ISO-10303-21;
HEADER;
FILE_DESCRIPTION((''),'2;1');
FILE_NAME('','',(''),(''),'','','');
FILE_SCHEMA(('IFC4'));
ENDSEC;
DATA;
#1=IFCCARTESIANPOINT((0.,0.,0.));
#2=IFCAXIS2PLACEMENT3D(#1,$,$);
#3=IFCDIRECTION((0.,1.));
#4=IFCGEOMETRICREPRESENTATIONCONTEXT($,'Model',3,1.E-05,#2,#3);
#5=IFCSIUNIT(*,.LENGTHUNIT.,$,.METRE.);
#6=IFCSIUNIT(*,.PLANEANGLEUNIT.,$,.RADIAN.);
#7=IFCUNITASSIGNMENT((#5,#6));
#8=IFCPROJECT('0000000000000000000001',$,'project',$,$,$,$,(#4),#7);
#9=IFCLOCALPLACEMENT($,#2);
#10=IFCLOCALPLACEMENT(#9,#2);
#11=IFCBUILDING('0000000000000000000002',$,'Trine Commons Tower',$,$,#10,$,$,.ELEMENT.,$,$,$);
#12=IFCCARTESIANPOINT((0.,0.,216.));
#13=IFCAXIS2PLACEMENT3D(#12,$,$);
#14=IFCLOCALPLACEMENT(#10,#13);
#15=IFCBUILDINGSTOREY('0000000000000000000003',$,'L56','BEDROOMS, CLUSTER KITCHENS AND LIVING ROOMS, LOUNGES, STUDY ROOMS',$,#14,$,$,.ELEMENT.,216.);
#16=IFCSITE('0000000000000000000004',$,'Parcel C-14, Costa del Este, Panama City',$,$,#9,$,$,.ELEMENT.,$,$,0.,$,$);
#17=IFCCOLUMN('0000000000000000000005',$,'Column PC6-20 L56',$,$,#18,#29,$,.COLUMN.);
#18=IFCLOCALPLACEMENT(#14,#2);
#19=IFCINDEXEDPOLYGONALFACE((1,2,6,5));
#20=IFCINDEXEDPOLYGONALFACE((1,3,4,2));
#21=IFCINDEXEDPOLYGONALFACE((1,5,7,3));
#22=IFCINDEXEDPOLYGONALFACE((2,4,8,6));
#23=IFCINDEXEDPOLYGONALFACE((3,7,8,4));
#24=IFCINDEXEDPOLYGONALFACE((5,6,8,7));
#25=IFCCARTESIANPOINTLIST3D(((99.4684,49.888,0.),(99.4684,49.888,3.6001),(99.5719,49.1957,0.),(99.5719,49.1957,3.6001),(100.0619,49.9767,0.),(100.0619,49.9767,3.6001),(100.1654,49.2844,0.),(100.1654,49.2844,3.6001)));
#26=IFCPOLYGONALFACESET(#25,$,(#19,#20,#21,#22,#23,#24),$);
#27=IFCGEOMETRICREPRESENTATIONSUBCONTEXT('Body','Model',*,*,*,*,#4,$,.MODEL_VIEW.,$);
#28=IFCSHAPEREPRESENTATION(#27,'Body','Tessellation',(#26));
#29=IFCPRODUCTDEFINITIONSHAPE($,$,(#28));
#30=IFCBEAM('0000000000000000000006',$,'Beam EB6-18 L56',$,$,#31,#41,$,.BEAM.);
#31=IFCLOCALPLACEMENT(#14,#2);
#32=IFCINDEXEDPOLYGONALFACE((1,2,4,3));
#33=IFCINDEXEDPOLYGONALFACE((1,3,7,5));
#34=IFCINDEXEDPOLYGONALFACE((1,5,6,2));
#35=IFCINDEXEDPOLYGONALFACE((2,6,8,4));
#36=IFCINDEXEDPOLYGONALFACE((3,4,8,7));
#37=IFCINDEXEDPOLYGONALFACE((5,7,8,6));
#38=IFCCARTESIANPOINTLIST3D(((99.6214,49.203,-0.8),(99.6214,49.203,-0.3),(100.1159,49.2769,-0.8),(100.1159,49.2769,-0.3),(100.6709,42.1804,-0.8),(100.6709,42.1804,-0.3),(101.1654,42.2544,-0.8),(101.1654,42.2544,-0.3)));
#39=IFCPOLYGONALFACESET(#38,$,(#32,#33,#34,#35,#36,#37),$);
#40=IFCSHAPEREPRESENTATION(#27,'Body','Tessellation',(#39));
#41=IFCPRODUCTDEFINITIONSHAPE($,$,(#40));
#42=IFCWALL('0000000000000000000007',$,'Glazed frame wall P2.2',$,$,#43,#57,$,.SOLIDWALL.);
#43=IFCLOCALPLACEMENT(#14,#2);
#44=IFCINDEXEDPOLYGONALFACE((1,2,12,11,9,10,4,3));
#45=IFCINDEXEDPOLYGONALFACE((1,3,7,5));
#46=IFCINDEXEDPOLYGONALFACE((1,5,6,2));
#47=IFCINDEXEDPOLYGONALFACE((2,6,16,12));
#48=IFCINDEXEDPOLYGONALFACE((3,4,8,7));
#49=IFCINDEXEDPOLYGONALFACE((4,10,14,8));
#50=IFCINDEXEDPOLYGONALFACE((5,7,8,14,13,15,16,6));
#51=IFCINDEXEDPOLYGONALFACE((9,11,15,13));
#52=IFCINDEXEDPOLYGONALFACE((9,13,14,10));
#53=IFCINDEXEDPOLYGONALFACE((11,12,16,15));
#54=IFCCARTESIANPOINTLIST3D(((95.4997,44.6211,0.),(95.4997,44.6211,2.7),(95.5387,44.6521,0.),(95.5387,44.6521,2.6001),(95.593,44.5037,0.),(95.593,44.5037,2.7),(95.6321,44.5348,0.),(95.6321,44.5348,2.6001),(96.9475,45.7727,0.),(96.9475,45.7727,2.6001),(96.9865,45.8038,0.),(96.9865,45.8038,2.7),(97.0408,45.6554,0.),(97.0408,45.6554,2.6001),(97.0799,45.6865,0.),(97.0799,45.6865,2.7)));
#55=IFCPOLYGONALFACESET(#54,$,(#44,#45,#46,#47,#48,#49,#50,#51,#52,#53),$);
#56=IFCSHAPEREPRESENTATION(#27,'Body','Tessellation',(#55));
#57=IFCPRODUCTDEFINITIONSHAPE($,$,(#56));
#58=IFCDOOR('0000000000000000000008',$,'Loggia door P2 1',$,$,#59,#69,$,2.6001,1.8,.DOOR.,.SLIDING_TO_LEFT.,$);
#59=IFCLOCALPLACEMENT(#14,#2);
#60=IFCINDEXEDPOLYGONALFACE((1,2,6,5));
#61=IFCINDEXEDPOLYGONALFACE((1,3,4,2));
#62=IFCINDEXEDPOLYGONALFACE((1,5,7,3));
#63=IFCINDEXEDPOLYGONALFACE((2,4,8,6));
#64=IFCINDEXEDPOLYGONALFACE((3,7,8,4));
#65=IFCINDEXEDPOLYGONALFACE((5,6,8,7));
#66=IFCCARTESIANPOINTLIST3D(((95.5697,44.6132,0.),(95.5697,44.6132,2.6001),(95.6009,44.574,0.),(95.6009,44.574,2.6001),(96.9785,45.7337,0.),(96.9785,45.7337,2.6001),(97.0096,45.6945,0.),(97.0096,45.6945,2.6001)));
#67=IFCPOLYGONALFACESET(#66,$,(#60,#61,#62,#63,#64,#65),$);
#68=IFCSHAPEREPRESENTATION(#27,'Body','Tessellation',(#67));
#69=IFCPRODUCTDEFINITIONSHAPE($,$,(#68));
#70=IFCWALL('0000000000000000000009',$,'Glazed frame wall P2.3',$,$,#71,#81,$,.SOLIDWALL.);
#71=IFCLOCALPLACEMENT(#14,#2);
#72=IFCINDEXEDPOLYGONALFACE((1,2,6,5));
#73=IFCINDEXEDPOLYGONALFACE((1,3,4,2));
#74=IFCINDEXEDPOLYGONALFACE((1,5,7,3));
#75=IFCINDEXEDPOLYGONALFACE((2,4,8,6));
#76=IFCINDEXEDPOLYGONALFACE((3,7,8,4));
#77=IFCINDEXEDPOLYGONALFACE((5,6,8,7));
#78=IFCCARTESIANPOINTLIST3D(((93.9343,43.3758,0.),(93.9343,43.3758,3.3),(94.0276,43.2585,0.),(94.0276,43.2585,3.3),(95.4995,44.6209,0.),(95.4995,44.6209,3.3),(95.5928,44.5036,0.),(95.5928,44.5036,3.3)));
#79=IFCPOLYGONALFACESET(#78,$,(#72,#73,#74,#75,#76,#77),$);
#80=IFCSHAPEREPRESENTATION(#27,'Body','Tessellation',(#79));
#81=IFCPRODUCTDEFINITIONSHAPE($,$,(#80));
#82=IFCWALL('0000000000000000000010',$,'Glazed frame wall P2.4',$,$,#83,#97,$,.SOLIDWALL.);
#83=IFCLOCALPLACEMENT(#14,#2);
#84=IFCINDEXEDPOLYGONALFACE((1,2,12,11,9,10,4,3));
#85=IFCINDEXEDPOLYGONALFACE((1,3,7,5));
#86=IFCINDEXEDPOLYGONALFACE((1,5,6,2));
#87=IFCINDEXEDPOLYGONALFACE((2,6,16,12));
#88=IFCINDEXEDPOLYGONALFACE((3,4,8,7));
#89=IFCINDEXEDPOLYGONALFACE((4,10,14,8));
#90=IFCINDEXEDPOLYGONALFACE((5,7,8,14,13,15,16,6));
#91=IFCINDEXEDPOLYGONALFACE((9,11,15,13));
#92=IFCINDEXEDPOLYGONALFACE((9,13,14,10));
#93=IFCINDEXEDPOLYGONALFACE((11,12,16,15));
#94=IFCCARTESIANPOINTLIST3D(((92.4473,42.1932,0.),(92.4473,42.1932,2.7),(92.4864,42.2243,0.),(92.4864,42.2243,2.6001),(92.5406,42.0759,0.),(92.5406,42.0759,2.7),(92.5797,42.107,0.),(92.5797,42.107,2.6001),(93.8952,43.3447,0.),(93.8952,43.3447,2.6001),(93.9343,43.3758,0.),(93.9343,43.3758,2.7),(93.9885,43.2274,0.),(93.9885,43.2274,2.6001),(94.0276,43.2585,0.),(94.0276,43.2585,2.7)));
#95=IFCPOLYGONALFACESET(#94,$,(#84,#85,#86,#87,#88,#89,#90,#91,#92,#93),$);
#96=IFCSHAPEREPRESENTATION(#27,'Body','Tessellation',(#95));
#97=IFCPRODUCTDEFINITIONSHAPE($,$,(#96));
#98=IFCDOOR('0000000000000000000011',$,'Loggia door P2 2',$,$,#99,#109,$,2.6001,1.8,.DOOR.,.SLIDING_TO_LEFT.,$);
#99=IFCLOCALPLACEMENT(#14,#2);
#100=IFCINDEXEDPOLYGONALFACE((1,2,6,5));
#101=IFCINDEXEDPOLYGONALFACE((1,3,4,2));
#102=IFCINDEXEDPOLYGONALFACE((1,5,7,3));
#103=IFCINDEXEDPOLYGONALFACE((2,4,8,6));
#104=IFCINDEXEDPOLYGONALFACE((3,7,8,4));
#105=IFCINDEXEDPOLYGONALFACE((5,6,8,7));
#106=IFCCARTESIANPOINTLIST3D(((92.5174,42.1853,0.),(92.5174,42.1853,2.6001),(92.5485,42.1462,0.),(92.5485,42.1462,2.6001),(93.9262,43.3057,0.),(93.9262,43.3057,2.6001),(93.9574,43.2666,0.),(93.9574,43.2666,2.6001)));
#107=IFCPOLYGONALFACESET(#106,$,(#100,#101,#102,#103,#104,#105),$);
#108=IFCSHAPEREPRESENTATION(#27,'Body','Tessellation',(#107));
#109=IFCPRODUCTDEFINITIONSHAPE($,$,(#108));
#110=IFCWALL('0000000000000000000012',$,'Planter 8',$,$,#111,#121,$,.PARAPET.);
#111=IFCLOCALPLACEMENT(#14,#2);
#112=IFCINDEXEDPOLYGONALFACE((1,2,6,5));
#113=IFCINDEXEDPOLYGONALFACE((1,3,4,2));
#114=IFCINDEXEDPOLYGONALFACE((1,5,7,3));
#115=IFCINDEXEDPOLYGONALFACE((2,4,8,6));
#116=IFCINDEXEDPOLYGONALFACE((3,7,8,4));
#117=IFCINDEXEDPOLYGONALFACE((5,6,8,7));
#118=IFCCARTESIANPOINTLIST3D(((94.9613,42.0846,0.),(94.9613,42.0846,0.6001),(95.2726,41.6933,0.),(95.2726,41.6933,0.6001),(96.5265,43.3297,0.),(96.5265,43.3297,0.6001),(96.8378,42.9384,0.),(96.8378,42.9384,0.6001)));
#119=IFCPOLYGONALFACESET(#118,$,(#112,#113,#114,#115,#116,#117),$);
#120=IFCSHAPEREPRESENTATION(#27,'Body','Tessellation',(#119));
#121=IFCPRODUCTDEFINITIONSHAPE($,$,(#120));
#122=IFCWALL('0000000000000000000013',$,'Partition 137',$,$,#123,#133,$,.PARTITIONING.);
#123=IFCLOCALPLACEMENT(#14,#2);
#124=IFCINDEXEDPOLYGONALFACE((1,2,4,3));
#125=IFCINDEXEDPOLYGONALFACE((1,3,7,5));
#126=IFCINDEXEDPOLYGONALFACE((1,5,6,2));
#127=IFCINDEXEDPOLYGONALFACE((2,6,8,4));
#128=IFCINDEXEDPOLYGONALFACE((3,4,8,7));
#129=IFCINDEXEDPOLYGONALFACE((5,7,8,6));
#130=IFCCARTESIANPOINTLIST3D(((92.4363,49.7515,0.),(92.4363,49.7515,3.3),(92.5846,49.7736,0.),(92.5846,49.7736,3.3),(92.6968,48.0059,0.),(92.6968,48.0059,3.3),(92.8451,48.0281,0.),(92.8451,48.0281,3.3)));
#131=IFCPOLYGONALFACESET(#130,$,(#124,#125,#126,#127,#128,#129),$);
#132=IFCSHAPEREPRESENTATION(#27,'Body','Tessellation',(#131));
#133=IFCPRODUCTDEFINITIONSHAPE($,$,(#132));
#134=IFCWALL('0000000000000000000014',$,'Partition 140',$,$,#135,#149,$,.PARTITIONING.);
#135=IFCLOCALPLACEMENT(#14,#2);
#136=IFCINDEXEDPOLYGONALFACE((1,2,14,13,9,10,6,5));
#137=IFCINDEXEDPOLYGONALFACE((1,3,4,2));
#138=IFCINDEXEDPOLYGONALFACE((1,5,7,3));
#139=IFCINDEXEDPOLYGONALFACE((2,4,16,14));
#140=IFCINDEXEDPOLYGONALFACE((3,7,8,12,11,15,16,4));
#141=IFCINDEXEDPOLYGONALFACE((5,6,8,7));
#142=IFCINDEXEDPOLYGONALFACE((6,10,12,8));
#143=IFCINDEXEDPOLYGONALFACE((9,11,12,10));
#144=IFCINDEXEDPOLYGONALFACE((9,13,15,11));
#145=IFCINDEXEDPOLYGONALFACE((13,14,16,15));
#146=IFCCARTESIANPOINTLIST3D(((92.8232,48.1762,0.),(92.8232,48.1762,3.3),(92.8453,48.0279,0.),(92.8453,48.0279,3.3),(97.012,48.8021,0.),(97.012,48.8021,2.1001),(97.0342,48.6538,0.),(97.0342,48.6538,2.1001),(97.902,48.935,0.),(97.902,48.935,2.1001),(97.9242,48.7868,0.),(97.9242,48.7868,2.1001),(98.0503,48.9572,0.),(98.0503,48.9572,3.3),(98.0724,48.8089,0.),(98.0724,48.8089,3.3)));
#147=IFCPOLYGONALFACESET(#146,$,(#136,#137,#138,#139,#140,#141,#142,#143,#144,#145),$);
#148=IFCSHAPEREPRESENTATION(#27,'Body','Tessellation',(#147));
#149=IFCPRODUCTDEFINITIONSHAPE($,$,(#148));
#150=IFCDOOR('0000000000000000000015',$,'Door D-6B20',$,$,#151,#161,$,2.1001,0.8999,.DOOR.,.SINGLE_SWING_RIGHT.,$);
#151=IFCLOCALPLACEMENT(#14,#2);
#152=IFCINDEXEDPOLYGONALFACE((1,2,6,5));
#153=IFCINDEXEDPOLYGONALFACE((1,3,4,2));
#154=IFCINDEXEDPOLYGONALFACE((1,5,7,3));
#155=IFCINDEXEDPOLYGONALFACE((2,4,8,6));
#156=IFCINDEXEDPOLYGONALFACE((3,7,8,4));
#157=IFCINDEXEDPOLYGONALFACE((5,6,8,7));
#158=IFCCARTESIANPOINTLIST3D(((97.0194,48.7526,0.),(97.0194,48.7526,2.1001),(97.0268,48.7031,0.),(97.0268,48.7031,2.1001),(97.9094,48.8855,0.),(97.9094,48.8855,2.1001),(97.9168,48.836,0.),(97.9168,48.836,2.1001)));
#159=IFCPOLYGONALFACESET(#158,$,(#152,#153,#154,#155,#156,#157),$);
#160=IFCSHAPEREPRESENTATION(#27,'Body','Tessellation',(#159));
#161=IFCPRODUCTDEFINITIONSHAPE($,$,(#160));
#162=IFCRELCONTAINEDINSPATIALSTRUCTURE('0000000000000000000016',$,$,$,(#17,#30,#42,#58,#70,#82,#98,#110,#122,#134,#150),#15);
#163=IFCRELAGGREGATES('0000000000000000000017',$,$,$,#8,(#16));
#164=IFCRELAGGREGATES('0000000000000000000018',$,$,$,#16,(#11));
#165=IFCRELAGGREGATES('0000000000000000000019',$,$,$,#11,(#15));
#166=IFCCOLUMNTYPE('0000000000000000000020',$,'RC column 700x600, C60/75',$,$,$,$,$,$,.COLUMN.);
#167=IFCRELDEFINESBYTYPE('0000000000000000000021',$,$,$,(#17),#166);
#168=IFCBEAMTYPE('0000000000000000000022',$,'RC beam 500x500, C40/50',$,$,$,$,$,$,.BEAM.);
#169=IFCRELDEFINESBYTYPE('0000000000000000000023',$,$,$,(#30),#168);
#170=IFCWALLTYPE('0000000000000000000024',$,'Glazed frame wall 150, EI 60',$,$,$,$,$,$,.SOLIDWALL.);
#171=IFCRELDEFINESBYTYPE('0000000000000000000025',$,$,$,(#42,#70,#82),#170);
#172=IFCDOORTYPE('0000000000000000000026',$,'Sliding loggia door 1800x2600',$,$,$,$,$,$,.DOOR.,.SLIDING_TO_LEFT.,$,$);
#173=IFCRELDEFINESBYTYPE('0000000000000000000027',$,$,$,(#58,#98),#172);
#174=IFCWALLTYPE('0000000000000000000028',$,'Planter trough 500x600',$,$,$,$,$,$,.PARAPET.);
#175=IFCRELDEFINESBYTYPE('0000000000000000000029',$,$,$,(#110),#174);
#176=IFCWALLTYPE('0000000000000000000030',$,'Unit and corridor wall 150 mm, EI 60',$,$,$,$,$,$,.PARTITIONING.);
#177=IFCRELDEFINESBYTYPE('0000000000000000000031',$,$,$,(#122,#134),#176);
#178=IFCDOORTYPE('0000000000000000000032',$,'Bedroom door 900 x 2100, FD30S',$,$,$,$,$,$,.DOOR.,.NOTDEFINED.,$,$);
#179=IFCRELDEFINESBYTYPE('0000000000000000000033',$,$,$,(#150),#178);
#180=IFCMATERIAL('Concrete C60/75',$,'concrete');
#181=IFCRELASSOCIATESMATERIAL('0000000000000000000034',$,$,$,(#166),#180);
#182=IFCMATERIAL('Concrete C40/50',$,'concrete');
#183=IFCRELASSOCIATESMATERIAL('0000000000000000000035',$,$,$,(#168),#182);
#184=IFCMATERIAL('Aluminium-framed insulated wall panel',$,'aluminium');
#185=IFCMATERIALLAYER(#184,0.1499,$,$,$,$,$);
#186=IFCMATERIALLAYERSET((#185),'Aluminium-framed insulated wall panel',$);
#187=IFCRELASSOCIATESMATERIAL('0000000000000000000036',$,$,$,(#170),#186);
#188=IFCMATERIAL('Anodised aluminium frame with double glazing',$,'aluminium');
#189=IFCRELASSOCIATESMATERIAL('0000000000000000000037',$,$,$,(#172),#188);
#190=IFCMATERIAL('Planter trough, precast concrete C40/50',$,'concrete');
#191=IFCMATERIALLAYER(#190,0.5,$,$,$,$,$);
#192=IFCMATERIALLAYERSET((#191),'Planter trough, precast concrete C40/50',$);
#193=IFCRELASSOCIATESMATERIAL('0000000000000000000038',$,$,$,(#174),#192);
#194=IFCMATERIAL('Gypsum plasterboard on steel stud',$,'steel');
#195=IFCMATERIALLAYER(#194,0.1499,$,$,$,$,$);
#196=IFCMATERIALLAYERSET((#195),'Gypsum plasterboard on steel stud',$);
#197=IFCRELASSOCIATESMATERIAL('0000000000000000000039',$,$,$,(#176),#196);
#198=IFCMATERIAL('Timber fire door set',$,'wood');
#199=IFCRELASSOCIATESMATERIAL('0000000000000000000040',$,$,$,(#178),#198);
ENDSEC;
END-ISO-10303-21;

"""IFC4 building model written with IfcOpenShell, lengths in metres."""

from ifc_helpers import new_model, si_unit, direction, frame, frame_2d, origin, origin_2d, place, context, subcontext, project, spatial, polyline, rectangle, outline, extrude, material, layer, layer_set, material_profile, profile_set, type_object, element, fill, save


model = new_model("IFC4")

# Units and contexts
model_context = context("Model", 3, precision=1e-05, world=origin(), true_north=direction((0.0, 1.0)))
body_context = subcontext(model_context, "Body", "Model", "MODEL_VIEW")
ifc_project = project(units=[si_unit("LENGTHUNIT", "METRE"), si_unit("PLANEANGLEUNIT", "RADIAN")], contexts=[model_context])

# Site, building, storey
site_placement = place(None, origin())
site = spatial("IfcSite", under=ifc_project, at=site_placement, Name="Parcel C-14, Costa del Este, Panama City", CompositionType="ELEMENT", RefElevation=0.0)
building_placement = place(site_placement, origin())
building = spatial("IfcBuilding", under=site, at=building_placement, Name="Trine Commons Tower", CompositionType="ELEMENT")
storey_placement = place(building_placement, frame((0.0, 0.0, 216.0)))
storey = spatial("IfcBuildingStorey", under=building, at=storey_placement, Name="L56", Description="BEDROOMS, CLUSTER KITCHENS AND LIVING ROOMS, LOUNGES, STUDY ROOMS", CompositionType="ELEMENT", Elevation=216.0)

# Column
ifc_material_1 = material(Name="Concrete C60/75", Category="concrete")
ifc_material_profile_1 = material_profile(ifc_material_1, rectangle(XDim=0.7, YDim=0.6001, at=origin_2d()), Name="RC 700x600")
ifc_profile_set_1 = profile_set([ifc_material_profile_1], Name="Concrete C60/75")
column_type = type_object("IfcColumnType", Name="RC column 700x600, C60/75", PredefinedType="COLUMN", material=ifc_profile_set_1)
column_placement = place(storey_placement, frame((99.8169, 49.5862, 0.0), z_axis=(0.0, 0.0, 1.0), x_axis=(-0.147809, 0.989016, 0.0)))
element("IfcColumn", 1, at=column_placement, inside=storey, type_object=column_type, Name="Column PC6-20 L56", PredefinedType="COLUMN", context=body_context, shape_type="SweptSolid", body=[
    extrude(rectangle(XDim=0.7, YDim=0.6001, at=origin_2d()), origin(), (0.0, 0.0, 1.0), 3.6001),
])

# Beam
ifc_material_2 = material(Name="Concrete C40/50", Category="concrete")
ifc_material_profile_2 = material_profile(ifc_material_2, rectangle(XDim=0.5, YDim=0.5, at=origin_2d()), Name="RC 500x500")
ifc_profile_set_2 = profile_set([ifc_material_profile_2], Name="Concrete C40/50")
beam_type = type_object("IfcBeamType", Name="RC beam 500x500, C40/50", PredefinedType="BEAM", material=ifc_profile_set_2)
beam_placement = place(storey_placement, frame((99.8687, 49.24, -0.55), z_axis=(0.147811, -0.989016, 0.0), x_axis=(0.989016, 0.147811, 0.0)))
element("IfcBeam", 2, at=beam_placement, inside=storey, type_object=beam_type, Name="Beam EB6-18 L56", PredefinedType="BEAM", context=body_context, shape_type="SweptSolid", body=[
    extrude(rectangle(XDim=0.5, YDim=0.5, at=origin_2d()), origin(), (0.0, 0.0, 1.0), 7.1006),
])

# Shared definitions
ifc_material_3 = material(Name="Aluminium-framed insulated wall panel", Category="aluminium")
ifc_layer_1 = layer(ifc_material_3, 0.1499)
ifc_layer_set_1 = layer_set([ifc_layer_1], Name="Aluminium-framed insulated wall panel")
wall_type_1 = type_object("IfcWallType", Name="Glazed frame wall 150, EI 60", PredefinedType="SOLIDWALL", material=ifc_layer_set_1)

# Wall, opening, door
wall_1_placement = place(storey_placement, frame((97.0332, 45.7451, 0.0), z_axis=(0.0, 0.0, 1.0), x_axis=(-0.782608, -0.622515, 0.0)))
wall_1 = element("IfcWall", 3, at=wall_1_placement, inside=storey, type_object=wall_type_1, Name="Glazed frame wall P2.2", PredefinedType="SOLIDWALL", context=body_context, shape_type="SweptSolid", body=[
    extrude(outline(polyline([(0.0, -0.075), (1.8999, -0.075), (1.8999, 0.075), (0.0, 0.075), (0.0, -0.075)])), origin(), (0.0, 0.0, 1.0), 2.7),
])
opening_1_placement = place(wall_1_placement, frame((0.05, 0.0, 0.0)))
opening_1 = element("IfcOpeningElement", 4, at=opening_1_placement, cuts=wall_1, PredefinedType="OPENING", context=body_context, shape_type="SweptSolid", body=[
    extrude(rectangle(XDim=1.8, YDim=2.6001, at=frame_2d((0.8999, 1.3))), frame((0.0, 0.085, 0.0), z_axis=(0.0, -1.0, 0.0), x_axis=(1.0, 0.0, 0.0)), (0.0, 0.0, 1.0), 0.1699),
])
ifc_material_4 = material(Name="Anodised aluminium frame with double glazing", Category="aluminium")
door_type_1 = type_object("IfcDoorType", Name="Sliding loggia door 1800x2600", OperationType="SLIDING_TO_LEFT", PredefinedType="DOOR", material=ifc_material_4)
door_1_placement = place(opening_1_placement, origin())
door_1 = element("IfcDoor", 5, at=door_1_placement, inside=storey, type_object=door_type_1, Name="Loggia door P2 1", OperationType="SLIDING_TO_LEFT", OverallHeight=2.6001, OverallWidth=1.8, PredefinedType="DOOR", context=body_context, shape_type="SweptSolid", body=[
    extrude(rectangle(XDim=1.8, YDim=2.6001, at=frame_2d((0.8999, 1.3))), frame((0.0, 0.0249, 0.0), z_axis=(0.0, -1.0, 0.0), x_axis=(1.0, 0.0, 0.0)), (0.0, 0.0, 1.0), 0.05),
])
fill(opening_1, door_1)

# Wall
wall_2_placement = place(storey_placement, frame((95.5461, 44.5623, 0.0), z_axis=(0.0, 0.0, 1.0), x_axis=(-0.782581, -0.622549, 0.0)))
element("IfcWall", 6, at=wall_2_placement, inside=storey, type_object=wall_type_1, Name="Glazed frame wall P2.3", PredefinedType="SOLIDWALL", context=body_context, shape_type="SweptSolid", body=[
    extrude(outline(polyline([(0.0, -0.075), (2.0, -0.075), (2.0, 0.075), (0.0, 0.075), (0.0, -0.075)])), origin(), (0.0, 0.0, 1.0), 3.3),
])

# Wall, opening, door
wall_3_placement = place(storey_placement, frame((93.981, 43.3171, 0.0), z_axis=(0.0, 0.0, 1.0), x_axis=(-0.782671, -0.622436, 0.0)))
wall_3 = element("IfcWall", 7, at=wall_3_placement, inside=storey, type_object=wall_type_1, Name="Glazed frame wall P2.4", PredefinedType="SOLIDWALL", context=body_context, shape_type="SweptSolid", body=[
    extrude(outline(polyline([(0.0, -0.075), (1.8999, -0.075), (1.8999, 0.075), (0.0, 0.075), (0.0, -0.075)])), origin(), (0.0, 0.0, 1.0), 2.7),
])
opening_2_placement = place(wall_3_placement, frame((0.05, 0.0, 0.0)))
opening_2 = element("IfcOpeningElement", 8, at=opening_2_placement, cuts=wall_3, PredefinedType="OPENING", context=body_context, shape_type="SweptSolid", body=[
    extrude(rectangle(XDim=1.8, YDim=2.6001, at=frame_2d((0.8999, 1.3))), frame((0.0, 0.085, 0.0), z_axis=(0.0, -1.0, 0.0), x_axis=(1.0, 0.0, 0.0)), (0.0, 0.0, 1.0), 0.1699),
])
door_2_placement = place(opening_2_placement, origin())
door_2 = element("IfcDoor", 9, at=door_2_placement, inside=storey, type_object=door_type_1, Name="Loggia door P2 2", OperationType="SLIDING_TO_LEFT", OverallHeight=2.6001, OverallWidth=1.8, PredefinedType="DOOR", context=body_context, shape_type="SweptSolid", body=[
    extrude(rectangle(XDim=1.8, YDim=2.6001, at=frame_2d((0.8999, 1.3))), frame((0.0, 0.0249, 0.0), z_axis=(0.0, -1.0, 0.0), x_axis=(1.0, 0.0, 0.0)), (0.0, 0.0, 1.0), 0.05),
])
fill(opening_2, door_2)

# Walls
ifc_material_5 = material(Name="Planter trough, precast concrete C40/50", Category="concrete")
ifc_layer_2 = layer(ifc_material_5, 0.5)
ifc_layer_set_2 = layer_set([ifc_layer_2], Name="Planter trough, precast concrete C40/50")
wall_type_2 = type_object("IfcWallType", Name="Planter trough 500x600", PredefinedType="PARAPET", material=ifc_layer_set_2)
wall_4_placement = place(storey_placement, frame((96.6821, 43.134, 0.0), z_axis=(0.0, 0.0, 1.0), x_axis=(-0.782581, -0.622549, 0.0)))
element("IfcWall", 10, at=wall_4_placement, inside=storey, type_object=wall_type_2, Name="Planter 8", PredefinedType="PARAPET", context=body_context, shape_type="SweptSolid", body=[
    extrude(rectangle(XDim=2.0, YDim=0.5, at=frame_2d((1.0, 0.0))), origin(), (0.0, 0.0, 1.0), 0.6001),
])
ifc_material_6 = material(Name="Gypsum plasterboard on steel stud", Category="steel")
ifc_layer_3 = layer(ifc_material_6, 0.1499)
ifc_layer_set_3 = layer_set([ifc_layer_3], Name="Gypsum plasterboard on steel stud")
wall_type_3 = type_object("IfcWallType", Name="Unit and corridor wall 150 mm, EI 60", PredefinedType="PARTITIONING", material=ifc_layer_set_3)
wall_5_placement = place(storey_placement, frame((92.5105, 49.7625, 0.0), z_axis=(0.0, 0.0, 1.0), x_axis=(0.147596, -0.989048, 0.0)))
element("IfcWall", 11, at=wall_5_placement, inside=storey, type_object=wall_type_3, Name="Partition 137", PredefinedType="PARTITIONING", context=body_context, shape_type="SweptSolid", body=[
    extrude(rectangle(XDim=1.7649, YDim=0.1499, at=frame_2d((0.8823, 0.0))), origin(), (0.0, 0.0, 1.0), 3.3),
])

# Wall, opening, door
wall_6_placement = place(storey_placement, frame((92.8342, 48.1021, 0.0), z_axis=(0.0, 0.0, 1.0), x_axis=(0.989021, 0.147776, 0.0)))
wall_6 = element("IfcWall", 12, at=wall_6_placement, inside=storey, type_object=wall_type_3, Name="Partition 140", PredefinedType="PARTITIONING", context=body_context, shape_type="SweptSolid", body=[
    extrude(rectangle(XDim=5.2852, YDim=0.1499, at=frame_2d((2.6426, 0.0))), origin(), (0.0, 0.0, 1.0), 3.3),
])
opening_3_placement = place(wall_6_placement, frame((4.2354, 0.0, 0.0)))
opening_3 = element("IfcOpeningElement", 13, at=opening_3_placement, cuts=wall_6, PredefinedType="OPENING", context=body_context, shape_type="SweptSolid", body=[
    extrude(rectangle(XDim=0.8999, YDim=2.1001, at=frame_2d((0.45, 1.05))), frame((0.0, 0.085, 0.0), z_axis=(0.0, -1.0, 0.0), x_axis=(1.0, 0.0, 0.0)), (0.0, 0.0, 1.0), 0.1699),
])
ifc_material_7 = material(Name="Timber fire door set", Category="wood")
door_type_2 = type_object("IfcDoorType", Name="Bedroom door 900 x 2100, FD30S", OperationType="NOTDEFINED", PredefinedType="DOOR", material=ifc_material_7)
door_3_placement = place(opening_3_placement, origin())
door_3 = element("IfcDoor", 14, at=door_3_placement, inside=storey, type_object=door_type_2, Name="Door D-6B20", OperationType="SINGLE_SWING_RIGHT", OverallHeight=2.1001, OverallWidth=0.8999, PredefinedType="DOOR", context=body_context, shape_type="SweptSolid", body=[
    extrude(rectangle(XDim=0.8999, YDim=2.1001, at=frame_2d((0.45, 1.05))), frame((0.0, 0.0249, 0.0), z_axis=(0.0, -1.0, 0.0), x_axis=(1.0, 0.0, 0.0)), (0.0, 0.0, 1.0), 0.05),
])
fill(opening_3, door_3)

save(model, "model.ifc")
